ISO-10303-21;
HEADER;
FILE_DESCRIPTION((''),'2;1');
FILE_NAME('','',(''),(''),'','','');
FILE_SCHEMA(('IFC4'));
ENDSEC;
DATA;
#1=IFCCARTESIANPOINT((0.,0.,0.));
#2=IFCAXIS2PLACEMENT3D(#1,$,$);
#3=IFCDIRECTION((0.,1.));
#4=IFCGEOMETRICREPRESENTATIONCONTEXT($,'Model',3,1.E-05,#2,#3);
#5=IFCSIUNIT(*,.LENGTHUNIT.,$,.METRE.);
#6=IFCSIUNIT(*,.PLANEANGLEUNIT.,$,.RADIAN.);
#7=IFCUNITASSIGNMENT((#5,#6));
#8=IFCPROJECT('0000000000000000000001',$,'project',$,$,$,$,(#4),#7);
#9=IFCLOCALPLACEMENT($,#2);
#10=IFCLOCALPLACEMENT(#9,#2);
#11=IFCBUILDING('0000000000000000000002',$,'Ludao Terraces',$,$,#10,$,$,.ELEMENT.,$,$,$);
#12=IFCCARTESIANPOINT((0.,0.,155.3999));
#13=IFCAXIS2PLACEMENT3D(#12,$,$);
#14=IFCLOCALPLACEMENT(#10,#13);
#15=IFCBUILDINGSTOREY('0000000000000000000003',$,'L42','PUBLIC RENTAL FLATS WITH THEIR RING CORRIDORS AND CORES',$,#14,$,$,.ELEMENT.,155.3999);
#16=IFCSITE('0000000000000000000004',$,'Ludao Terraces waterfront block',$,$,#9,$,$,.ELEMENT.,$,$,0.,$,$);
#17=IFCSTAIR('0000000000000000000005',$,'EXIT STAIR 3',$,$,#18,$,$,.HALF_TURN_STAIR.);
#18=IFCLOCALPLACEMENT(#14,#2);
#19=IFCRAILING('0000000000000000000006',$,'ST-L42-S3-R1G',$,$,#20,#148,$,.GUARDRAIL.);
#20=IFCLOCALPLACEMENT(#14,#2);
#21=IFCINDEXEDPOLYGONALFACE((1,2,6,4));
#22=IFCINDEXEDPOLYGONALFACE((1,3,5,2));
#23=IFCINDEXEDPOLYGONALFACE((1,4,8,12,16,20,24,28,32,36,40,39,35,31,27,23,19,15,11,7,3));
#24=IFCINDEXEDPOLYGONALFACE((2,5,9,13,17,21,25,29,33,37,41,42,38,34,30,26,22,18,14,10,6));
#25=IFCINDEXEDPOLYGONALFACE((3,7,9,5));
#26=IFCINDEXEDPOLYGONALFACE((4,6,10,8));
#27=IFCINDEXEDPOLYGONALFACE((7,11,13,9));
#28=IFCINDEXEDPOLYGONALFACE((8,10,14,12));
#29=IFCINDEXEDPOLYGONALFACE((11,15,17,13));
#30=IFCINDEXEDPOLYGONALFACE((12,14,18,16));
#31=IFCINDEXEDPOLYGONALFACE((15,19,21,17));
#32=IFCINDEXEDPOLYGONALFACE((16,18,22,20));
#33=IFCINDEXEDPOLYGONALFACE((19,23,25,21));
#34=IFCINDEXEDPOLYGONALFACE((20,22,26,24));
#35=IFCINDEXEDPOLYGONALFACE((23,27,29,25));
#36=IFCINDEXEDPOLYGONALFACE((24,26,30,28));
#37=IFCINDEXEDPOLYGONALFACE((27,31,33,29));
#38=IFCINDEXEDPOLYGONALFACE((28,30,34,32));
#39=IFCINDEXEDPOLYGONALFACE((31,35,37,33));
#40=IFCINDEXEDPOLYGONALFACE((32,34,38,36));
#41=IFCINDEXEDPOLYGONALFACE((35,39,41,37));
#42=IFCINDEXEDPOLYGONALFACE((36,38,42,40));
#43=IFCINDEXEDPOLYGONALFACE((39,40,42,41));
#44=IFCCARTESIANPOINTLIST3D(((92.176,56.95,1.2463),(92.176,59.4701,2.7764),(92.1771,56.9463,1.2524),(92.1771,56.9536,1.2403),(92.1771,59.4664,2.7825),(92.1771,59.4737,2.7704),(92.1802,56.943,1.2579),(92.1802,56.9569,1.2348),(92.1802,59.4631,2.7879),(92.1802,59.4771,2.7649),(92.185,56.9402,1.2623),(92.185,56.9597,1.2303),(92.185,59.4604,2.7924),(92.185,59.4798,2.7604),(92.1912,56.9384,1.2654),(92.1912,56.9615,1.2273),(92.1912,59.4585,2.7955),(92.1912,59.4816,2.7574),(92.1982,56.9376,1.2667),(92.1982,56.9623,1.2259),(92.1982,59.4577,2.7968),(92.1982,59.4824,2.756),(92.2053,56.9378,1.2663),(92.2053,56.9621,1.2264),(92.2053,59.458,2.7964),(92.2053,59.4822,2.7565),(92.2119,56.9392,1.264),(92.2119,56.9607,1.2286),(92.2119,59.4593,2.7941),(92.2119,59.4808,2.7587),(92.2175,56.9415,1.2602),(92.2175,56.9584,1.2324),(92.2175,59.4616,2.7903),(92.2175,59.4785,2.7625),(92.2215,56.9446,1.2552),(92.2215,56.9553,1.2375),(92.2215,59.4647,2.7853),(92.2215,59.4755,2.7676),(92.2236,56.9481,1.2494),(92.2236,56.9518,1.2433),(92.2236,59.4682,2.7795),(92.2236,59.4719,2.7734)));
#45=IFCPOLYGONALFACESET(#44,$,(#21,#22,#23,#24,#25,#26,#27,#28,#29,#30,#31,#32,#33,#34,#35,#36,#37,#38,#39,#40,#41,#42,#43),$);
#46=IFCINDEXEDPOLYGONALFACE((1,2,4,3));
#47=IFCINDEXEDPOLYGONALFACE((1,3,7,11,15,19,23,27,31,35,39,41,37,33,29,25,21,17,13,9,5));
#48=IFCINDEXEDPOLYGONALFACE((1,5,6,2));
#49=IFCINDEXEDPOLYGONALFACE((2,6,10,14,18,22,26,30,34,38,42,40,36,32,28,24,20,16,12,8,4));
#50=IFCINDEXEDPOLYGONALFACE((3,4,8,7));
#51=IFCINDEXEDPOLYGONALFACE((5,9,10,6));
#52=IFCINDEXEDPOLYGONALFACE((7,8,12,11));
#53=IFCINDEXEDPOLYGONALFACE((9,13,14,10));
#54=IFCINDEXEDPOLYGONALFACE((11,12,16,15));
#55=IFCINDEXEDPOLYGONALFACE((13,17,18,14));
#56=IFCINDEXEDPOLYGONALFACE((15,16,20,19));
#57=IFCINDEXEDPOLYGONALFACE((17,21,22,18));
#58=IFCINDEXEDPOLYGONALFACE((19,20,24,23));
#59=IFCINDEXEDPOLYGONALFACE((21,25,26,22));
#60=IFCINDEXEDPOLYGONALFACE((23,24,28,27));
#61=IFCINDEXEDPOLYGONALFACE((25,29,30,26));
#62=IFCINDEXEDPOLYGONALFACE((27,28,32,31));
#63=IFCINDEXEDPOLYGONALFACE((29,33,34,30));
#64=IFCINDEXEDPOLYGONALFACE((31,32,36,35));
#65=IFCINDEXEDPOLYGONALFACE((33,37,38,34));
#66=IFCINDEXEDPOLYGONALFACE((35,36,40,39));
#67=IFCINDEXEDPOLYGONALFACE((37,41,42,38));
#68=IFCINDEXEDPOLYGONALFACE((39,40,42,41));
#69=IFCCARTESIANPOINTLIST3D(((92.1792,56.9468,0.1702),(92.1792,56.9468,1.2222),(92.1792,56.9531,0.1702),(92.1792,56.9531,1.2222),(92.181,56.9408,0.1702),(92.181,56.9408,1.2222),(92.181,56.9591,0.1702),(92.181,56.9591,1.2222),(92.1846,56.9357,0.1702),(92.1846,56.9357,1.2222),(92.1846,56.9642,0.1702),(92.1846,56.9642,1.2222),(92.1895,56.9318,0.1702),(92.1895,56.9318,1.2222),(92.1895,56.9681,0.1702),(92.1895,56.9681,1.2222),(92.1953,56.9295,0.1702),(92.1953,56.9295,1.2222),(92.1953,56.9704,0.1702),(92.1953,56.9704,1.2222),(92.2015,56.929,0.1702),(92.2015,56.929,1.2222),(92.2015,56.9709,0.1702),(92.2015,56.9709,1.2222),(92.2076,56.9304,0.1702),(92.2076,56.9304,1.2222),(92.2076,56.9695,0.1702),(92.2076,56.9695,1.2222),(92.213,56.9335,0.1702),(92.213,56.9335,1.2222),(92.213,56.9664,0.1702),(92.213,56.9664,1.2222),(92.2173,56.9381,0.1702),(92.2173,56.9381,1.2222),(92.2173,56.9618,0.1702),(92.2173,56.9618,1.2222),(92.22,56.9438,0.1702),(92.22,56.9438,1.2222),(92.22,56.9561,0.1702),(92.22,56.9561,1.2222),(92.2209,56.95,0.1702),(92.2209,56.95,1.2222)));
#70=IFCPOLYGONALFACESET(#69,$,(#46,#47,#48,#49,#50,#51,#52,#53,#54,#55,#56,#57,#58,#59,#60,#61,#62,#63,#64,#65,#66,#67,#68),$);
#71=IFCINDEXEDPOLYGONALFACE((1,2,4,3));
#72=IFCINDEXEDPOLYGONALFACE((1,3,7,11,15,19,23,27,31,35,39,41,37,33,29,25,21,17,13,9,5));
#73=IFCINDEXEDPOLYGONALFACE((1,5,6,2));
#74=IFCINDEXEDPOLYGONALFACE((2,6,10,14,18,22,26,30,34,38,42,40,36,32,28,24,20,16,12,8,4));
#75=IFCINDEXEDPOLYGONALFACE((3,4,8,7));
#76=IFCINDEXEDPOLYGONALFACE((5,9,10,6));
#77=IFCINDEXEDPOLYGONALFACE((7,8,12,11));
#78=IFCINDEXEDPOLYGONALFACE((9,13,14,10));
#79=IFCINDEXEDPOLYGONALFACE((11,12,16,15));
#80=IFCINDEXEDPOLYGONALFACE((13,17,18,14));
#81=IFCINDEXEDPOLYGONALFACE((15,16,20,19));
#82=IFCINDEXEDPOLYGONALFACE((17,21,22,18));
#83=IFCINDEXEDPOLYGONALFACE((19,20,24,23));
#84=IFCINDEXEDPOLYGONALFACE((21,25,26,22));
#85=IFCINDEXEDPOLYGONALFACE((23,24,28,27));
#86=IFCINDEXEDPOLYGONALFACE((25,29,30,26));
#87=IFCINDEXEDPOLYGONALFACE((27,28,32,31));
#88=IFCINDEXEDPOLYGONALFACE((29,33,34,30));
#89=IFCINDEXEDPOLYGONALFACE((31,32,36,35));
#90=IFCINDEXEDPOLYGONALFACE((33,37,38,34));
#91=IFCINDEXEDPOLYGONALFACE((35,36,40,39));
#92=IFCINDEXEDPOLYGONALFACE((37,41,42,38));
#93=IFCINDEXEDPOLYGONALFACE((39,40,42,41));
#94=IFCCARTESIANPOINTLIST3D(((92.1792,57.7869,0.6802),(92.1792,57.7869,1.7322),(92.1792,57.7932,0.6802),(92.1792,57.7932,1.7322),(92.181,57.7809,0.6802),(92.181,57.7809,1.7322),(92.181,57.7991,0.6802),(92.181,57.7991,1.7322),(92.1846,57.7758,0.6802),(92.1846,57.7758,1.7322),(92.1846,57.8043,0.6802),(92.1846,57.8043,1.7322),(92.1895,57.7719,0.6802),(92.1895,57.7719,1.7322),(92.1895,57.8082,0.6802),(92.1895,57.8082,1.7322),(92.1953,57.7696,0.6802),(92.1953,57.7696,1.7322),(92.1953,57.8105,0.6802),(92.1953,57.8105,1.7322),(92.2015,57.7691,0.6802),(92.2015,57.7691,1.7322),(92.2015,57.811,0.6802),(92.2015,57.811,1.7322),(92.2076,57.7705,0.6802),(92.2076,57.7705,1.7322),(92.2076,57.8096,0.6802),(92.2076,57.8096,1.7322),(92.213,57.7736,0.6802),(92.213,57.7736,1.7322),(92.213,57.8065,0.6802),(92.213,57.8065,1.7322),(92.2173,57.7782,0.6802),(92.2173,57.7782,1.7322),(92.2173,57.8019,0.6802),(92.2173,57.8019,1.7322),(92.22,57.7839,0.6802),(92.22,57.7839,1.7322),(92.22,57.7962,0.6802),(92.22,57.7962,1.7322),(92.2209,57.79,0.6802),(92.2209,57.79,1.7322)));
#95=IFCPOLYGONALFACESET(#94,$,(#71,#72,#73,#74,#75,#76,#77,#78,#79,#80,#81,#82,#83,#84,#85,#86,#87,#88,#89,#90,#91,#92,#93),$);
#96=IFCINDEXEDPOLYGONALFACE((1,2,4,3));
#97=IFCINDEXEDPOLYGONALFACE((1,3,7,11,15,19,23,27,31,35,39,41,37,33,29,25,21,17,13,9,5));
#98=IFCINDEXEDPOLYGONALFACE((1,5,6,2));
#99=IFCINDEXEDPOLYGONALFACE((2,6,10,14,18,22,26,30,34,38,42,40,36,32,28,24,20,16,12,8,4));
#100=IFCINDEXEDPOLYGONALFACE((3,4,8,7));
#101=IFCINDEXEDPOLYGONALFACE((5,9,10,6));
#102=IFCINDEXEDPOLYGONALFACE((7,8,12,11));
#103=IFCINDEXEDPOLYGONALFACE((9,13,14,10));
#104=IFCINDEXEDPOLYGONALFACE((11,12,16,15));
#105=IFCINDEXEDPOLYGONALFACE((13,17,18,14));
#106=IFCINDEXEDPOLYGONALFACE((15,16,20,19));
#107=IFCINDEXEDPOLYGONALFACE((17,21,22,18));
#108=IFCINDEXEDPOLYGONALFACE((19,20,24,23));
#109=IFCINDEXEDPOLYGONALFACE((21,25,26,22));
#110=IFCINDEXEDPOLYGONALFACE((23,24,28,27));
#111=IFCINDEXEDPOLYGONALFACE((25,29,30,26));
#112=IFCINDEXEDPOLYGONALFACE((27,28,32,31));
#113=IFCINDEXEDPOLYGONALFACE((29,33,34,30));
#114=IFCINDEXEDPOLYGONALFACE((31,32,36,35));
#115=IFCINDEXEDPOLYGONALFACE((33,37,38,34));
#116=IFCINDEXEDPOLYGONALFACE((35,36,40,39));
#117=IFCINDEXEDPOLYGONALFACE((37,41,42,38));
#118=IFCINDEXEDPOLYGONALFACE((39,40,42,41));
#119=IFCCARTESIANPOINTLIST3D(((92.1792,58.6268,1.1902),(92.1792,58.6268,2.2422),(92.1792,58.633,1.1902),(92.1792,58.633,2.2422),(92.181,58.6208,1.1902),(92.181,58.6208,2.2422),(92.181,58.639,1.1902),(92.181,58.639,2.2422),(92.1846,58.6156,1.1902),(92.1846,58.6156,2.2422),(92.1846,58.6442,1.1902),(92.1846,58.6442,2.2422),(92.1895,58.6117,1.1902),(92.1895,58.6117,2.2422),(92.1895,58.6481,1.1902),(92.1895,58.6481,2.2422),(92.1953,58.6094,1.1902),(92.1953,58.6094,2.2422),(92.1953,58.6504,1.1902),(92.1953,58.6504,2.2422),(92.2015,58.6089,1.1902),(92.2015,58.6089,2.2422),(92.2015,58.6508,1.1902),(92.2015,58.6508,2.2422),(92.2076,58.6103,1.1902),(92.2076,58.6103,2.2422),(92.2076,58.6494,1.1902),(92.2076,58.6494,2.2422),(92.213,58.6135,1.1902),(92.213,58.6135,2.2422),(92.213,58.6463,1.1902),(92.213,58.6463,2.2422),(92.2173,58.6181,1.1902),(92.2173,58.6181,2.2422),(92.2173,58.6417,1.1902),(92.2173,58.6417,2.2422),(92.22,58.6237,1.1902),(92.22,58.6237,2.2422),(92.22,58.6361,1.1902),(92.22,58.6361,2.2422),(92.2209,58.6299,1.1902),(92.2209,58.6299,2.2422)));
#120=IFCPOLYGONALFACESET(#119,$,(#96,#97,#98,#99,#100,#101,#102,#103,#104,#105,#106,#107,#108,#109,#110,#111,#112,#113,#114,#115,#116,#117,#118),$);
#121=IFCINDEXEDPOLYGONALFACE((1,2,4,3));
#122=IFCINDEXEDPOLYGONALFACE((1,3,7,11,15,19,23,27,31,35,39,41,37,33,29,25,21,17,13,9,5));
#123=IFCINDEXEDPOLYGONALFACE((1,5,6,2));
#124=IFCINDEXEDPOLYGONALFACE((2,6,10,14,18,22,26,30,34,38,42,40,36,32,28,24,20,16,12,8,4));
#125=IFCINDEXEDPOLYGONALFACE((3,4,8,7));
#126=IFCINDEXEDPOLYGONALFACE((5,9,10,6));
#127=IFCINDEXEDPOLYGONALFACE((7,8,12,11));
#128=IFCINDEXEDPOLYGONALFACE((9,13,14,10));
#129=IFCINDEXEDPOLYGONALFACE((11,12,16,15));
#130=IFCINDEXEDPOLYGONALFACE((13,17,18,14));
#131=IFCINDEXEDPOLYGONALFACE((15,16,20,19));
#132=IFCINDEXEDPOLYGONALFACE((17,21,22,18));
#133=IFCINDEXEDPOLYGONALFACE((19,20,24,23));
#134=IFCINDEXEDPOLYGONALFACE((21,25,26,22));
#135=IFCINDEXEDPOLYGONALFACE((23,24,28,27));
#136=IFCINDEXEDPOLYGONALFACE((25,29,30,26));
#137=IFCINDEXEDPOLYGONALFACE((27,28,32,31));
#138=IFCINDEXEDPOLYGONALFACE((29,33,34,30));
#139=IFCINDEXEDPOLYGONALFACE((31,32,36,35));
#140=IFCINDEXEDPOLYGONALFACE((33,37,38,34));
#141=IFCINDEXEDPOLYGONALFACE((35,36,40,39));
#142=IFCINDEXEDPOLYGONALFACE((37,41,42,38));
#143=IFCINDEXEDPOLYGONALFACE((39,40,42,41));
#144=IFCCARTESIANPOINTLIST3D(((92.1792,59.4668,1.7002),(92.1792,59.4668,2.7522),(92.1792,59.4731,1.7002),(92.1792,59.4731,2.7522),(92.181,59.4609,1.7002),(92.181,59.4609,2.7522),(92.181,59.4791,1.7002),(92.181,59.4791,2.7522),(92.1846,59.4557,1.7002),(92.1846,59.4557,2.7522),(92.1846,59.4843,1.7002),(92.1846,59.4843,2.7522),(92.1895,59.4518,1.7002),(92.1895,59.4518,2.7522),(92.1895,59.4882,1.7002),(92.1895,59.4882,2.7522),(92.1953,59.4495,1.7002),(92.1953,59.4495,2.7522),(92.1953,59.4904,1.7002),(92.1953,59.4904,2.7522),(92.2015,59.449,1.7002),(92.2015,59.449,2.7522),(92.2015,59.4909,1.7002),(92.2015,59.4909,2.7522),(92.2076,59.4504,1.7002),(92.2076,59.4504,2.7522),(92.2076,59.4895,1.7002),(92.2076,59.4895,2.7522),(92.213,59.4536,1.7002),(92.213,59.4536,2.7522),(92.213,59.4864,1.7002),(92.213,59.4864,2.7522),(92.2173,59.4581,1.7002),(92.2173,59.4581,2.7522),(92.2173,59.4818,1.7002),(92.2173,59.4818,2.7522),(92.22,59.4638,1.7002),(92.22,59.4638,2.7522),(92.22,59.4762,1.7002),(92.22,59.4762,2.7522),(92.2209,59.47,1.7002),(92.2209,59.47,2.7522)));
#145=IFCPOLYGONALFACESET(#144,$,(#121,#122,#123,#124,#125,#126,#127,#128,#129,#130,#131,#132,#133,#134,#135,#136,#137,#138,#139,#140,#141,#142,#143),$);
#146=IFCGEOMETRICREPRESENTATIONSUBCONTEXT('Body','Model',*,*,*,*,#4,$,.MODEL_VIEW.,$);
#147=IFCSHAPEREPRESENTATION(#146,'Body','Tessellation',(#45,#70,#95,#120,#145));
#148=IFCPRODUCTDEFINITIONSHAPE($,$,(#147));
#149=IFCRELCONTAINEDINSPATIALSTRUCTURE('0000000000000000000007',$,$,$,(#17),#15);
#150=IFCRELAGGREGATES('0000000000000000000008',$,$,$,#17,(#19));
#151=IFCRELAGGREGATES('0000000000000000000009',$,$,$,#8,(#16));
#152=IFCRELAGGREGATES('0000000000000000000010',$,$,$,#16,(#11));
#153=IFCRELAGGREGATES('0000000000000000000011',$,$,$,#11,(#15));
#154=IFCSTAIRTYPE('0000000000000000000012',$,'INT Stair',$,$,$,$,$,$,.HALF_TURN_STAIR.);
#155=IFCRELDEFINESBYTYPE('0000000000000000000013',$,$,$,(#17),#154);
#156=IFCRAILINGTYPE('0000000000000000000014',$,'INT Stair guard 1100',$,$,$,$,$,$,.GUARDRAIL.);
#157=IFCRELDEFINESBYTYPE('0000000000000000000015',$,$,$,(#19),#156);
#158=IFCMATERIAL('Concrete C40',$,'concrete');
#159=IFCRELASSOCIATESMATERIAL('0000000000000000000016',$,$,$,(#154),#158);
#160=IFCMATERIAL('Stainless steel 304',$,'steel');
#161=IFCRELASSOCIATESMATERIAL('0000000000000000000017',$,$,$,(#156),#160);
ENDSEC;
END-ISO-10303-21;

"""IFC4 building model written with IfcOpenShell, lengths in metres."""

from ifc_helpers import new_model, si_unit, direction, frame, origin, origin_2d, place, context, subcontext, project, spatial, circle, extrude, material, type_object, element, aggregate, save


model = new_model("IFC4")

# Units and contexts
model_context = context("Model", 3, precision=1e-05, world=origin(), true_north=direction((0.0, 1.0)))
body_context = subcontext(model_context, "Body", "Model", "MODEL_VIEW")
ifc_project = project(units=[si_unit("LENGTHUNIT", "METRE"), si_unit("PLANEANGLEUNIT", "RADIAN")], contexts=[model_context])

# Site, building, storey
site_placement = place(None, origin())
site = spatial("IfcSite", under=ifc_project, at=site_placement, Name="Ludao Terraces waterfront block", CompositionType="ELEMENT", RefElevation=0.0)
building_placement = place(site_placement, origin())
building = spatial("IfcBuilding", under=site, at=building_placement, Name="Ludao Terraces", CompositionType="ELEMENT")
storey_placement = place(building_placement, frame((0.0, 0.0, 155.3999)))
storey = spatial("IfcBuildingStorey", under=building, at=storey_placement, Name="L42", Description="PUBLIC RENTAL FLATS WITH THEIR RING CORRIDORS AND CORES", CompositionType="ELEMENT", Elevation=155.3999)

# Shared definitions
ifc_material_1 = material(Name="Concrete C40", Category="concrete")

# Stair, railing
stair_type = type_object("IfcStairType", Name="INT Stair", PredefinedType="HALF_TURN_STAIR", material=ifc_material_1)
stair_placement = place(storey_placement, origin())
stair = element("IfcStair", 1, at=stair_placement, inside=storey, type_object=stair_type, Name="EXIT STAIR 3", PredefinedType="HALF_TURN_STAIR")
ifc_material_2 = material(Name="Stainless steel 304", Category="steel")
railing_type_1 = type_object("IfcRailingType", Name="INT Stair guard 1100", PredefinedType="GUARDRAIL", material=ifc_material_2)
railing_1_placement = place(storey_placement, frame((92.2, 56.95, 0.1702)))
railing_1 = element("IfcRailing", 2, at=railing_1_placement, type_object=railing_type_1, Name="ST-L42-S3-R1G", PredefinedType="GUARDRAIL", context=body_context, shape_type="SweptSolid", body=[
    extrude(circle(Radius=0.0239, at=origin_2d()), frame((0.0, 0.0, 1.0762), z_axis=(0.0, 0.854785, 0.518982), x_axis=(-1.0, 0.0, 0.0)), (0.0, 0.0, 1.0), 2.9482),
    extrude(circle(Radius=0.021, at=origin_2d()), origin(), (0.0, 0.0, 1.0), 1.052),
    extrude(circle(Radius=0.021, at=origin_2d()), frame((0.0, 0.8401, 0.51)), (0.0, 0.0, 1.0), 1.052),
    extrude(circle(Radius=0.021, at=origin_2d()), frame((0.0, 1.6799, 1.02)), (0.0, 0.0, 1.0), 1.052),
    extrude(circle(Radius=0.021, at=origin_2d()), frame((0.0, 2.52, 1.53)), (0.0, 0.0, 1.0), 1.052),
])
aggregate(stair, [railing_1])

save(model, "model.ifc")
